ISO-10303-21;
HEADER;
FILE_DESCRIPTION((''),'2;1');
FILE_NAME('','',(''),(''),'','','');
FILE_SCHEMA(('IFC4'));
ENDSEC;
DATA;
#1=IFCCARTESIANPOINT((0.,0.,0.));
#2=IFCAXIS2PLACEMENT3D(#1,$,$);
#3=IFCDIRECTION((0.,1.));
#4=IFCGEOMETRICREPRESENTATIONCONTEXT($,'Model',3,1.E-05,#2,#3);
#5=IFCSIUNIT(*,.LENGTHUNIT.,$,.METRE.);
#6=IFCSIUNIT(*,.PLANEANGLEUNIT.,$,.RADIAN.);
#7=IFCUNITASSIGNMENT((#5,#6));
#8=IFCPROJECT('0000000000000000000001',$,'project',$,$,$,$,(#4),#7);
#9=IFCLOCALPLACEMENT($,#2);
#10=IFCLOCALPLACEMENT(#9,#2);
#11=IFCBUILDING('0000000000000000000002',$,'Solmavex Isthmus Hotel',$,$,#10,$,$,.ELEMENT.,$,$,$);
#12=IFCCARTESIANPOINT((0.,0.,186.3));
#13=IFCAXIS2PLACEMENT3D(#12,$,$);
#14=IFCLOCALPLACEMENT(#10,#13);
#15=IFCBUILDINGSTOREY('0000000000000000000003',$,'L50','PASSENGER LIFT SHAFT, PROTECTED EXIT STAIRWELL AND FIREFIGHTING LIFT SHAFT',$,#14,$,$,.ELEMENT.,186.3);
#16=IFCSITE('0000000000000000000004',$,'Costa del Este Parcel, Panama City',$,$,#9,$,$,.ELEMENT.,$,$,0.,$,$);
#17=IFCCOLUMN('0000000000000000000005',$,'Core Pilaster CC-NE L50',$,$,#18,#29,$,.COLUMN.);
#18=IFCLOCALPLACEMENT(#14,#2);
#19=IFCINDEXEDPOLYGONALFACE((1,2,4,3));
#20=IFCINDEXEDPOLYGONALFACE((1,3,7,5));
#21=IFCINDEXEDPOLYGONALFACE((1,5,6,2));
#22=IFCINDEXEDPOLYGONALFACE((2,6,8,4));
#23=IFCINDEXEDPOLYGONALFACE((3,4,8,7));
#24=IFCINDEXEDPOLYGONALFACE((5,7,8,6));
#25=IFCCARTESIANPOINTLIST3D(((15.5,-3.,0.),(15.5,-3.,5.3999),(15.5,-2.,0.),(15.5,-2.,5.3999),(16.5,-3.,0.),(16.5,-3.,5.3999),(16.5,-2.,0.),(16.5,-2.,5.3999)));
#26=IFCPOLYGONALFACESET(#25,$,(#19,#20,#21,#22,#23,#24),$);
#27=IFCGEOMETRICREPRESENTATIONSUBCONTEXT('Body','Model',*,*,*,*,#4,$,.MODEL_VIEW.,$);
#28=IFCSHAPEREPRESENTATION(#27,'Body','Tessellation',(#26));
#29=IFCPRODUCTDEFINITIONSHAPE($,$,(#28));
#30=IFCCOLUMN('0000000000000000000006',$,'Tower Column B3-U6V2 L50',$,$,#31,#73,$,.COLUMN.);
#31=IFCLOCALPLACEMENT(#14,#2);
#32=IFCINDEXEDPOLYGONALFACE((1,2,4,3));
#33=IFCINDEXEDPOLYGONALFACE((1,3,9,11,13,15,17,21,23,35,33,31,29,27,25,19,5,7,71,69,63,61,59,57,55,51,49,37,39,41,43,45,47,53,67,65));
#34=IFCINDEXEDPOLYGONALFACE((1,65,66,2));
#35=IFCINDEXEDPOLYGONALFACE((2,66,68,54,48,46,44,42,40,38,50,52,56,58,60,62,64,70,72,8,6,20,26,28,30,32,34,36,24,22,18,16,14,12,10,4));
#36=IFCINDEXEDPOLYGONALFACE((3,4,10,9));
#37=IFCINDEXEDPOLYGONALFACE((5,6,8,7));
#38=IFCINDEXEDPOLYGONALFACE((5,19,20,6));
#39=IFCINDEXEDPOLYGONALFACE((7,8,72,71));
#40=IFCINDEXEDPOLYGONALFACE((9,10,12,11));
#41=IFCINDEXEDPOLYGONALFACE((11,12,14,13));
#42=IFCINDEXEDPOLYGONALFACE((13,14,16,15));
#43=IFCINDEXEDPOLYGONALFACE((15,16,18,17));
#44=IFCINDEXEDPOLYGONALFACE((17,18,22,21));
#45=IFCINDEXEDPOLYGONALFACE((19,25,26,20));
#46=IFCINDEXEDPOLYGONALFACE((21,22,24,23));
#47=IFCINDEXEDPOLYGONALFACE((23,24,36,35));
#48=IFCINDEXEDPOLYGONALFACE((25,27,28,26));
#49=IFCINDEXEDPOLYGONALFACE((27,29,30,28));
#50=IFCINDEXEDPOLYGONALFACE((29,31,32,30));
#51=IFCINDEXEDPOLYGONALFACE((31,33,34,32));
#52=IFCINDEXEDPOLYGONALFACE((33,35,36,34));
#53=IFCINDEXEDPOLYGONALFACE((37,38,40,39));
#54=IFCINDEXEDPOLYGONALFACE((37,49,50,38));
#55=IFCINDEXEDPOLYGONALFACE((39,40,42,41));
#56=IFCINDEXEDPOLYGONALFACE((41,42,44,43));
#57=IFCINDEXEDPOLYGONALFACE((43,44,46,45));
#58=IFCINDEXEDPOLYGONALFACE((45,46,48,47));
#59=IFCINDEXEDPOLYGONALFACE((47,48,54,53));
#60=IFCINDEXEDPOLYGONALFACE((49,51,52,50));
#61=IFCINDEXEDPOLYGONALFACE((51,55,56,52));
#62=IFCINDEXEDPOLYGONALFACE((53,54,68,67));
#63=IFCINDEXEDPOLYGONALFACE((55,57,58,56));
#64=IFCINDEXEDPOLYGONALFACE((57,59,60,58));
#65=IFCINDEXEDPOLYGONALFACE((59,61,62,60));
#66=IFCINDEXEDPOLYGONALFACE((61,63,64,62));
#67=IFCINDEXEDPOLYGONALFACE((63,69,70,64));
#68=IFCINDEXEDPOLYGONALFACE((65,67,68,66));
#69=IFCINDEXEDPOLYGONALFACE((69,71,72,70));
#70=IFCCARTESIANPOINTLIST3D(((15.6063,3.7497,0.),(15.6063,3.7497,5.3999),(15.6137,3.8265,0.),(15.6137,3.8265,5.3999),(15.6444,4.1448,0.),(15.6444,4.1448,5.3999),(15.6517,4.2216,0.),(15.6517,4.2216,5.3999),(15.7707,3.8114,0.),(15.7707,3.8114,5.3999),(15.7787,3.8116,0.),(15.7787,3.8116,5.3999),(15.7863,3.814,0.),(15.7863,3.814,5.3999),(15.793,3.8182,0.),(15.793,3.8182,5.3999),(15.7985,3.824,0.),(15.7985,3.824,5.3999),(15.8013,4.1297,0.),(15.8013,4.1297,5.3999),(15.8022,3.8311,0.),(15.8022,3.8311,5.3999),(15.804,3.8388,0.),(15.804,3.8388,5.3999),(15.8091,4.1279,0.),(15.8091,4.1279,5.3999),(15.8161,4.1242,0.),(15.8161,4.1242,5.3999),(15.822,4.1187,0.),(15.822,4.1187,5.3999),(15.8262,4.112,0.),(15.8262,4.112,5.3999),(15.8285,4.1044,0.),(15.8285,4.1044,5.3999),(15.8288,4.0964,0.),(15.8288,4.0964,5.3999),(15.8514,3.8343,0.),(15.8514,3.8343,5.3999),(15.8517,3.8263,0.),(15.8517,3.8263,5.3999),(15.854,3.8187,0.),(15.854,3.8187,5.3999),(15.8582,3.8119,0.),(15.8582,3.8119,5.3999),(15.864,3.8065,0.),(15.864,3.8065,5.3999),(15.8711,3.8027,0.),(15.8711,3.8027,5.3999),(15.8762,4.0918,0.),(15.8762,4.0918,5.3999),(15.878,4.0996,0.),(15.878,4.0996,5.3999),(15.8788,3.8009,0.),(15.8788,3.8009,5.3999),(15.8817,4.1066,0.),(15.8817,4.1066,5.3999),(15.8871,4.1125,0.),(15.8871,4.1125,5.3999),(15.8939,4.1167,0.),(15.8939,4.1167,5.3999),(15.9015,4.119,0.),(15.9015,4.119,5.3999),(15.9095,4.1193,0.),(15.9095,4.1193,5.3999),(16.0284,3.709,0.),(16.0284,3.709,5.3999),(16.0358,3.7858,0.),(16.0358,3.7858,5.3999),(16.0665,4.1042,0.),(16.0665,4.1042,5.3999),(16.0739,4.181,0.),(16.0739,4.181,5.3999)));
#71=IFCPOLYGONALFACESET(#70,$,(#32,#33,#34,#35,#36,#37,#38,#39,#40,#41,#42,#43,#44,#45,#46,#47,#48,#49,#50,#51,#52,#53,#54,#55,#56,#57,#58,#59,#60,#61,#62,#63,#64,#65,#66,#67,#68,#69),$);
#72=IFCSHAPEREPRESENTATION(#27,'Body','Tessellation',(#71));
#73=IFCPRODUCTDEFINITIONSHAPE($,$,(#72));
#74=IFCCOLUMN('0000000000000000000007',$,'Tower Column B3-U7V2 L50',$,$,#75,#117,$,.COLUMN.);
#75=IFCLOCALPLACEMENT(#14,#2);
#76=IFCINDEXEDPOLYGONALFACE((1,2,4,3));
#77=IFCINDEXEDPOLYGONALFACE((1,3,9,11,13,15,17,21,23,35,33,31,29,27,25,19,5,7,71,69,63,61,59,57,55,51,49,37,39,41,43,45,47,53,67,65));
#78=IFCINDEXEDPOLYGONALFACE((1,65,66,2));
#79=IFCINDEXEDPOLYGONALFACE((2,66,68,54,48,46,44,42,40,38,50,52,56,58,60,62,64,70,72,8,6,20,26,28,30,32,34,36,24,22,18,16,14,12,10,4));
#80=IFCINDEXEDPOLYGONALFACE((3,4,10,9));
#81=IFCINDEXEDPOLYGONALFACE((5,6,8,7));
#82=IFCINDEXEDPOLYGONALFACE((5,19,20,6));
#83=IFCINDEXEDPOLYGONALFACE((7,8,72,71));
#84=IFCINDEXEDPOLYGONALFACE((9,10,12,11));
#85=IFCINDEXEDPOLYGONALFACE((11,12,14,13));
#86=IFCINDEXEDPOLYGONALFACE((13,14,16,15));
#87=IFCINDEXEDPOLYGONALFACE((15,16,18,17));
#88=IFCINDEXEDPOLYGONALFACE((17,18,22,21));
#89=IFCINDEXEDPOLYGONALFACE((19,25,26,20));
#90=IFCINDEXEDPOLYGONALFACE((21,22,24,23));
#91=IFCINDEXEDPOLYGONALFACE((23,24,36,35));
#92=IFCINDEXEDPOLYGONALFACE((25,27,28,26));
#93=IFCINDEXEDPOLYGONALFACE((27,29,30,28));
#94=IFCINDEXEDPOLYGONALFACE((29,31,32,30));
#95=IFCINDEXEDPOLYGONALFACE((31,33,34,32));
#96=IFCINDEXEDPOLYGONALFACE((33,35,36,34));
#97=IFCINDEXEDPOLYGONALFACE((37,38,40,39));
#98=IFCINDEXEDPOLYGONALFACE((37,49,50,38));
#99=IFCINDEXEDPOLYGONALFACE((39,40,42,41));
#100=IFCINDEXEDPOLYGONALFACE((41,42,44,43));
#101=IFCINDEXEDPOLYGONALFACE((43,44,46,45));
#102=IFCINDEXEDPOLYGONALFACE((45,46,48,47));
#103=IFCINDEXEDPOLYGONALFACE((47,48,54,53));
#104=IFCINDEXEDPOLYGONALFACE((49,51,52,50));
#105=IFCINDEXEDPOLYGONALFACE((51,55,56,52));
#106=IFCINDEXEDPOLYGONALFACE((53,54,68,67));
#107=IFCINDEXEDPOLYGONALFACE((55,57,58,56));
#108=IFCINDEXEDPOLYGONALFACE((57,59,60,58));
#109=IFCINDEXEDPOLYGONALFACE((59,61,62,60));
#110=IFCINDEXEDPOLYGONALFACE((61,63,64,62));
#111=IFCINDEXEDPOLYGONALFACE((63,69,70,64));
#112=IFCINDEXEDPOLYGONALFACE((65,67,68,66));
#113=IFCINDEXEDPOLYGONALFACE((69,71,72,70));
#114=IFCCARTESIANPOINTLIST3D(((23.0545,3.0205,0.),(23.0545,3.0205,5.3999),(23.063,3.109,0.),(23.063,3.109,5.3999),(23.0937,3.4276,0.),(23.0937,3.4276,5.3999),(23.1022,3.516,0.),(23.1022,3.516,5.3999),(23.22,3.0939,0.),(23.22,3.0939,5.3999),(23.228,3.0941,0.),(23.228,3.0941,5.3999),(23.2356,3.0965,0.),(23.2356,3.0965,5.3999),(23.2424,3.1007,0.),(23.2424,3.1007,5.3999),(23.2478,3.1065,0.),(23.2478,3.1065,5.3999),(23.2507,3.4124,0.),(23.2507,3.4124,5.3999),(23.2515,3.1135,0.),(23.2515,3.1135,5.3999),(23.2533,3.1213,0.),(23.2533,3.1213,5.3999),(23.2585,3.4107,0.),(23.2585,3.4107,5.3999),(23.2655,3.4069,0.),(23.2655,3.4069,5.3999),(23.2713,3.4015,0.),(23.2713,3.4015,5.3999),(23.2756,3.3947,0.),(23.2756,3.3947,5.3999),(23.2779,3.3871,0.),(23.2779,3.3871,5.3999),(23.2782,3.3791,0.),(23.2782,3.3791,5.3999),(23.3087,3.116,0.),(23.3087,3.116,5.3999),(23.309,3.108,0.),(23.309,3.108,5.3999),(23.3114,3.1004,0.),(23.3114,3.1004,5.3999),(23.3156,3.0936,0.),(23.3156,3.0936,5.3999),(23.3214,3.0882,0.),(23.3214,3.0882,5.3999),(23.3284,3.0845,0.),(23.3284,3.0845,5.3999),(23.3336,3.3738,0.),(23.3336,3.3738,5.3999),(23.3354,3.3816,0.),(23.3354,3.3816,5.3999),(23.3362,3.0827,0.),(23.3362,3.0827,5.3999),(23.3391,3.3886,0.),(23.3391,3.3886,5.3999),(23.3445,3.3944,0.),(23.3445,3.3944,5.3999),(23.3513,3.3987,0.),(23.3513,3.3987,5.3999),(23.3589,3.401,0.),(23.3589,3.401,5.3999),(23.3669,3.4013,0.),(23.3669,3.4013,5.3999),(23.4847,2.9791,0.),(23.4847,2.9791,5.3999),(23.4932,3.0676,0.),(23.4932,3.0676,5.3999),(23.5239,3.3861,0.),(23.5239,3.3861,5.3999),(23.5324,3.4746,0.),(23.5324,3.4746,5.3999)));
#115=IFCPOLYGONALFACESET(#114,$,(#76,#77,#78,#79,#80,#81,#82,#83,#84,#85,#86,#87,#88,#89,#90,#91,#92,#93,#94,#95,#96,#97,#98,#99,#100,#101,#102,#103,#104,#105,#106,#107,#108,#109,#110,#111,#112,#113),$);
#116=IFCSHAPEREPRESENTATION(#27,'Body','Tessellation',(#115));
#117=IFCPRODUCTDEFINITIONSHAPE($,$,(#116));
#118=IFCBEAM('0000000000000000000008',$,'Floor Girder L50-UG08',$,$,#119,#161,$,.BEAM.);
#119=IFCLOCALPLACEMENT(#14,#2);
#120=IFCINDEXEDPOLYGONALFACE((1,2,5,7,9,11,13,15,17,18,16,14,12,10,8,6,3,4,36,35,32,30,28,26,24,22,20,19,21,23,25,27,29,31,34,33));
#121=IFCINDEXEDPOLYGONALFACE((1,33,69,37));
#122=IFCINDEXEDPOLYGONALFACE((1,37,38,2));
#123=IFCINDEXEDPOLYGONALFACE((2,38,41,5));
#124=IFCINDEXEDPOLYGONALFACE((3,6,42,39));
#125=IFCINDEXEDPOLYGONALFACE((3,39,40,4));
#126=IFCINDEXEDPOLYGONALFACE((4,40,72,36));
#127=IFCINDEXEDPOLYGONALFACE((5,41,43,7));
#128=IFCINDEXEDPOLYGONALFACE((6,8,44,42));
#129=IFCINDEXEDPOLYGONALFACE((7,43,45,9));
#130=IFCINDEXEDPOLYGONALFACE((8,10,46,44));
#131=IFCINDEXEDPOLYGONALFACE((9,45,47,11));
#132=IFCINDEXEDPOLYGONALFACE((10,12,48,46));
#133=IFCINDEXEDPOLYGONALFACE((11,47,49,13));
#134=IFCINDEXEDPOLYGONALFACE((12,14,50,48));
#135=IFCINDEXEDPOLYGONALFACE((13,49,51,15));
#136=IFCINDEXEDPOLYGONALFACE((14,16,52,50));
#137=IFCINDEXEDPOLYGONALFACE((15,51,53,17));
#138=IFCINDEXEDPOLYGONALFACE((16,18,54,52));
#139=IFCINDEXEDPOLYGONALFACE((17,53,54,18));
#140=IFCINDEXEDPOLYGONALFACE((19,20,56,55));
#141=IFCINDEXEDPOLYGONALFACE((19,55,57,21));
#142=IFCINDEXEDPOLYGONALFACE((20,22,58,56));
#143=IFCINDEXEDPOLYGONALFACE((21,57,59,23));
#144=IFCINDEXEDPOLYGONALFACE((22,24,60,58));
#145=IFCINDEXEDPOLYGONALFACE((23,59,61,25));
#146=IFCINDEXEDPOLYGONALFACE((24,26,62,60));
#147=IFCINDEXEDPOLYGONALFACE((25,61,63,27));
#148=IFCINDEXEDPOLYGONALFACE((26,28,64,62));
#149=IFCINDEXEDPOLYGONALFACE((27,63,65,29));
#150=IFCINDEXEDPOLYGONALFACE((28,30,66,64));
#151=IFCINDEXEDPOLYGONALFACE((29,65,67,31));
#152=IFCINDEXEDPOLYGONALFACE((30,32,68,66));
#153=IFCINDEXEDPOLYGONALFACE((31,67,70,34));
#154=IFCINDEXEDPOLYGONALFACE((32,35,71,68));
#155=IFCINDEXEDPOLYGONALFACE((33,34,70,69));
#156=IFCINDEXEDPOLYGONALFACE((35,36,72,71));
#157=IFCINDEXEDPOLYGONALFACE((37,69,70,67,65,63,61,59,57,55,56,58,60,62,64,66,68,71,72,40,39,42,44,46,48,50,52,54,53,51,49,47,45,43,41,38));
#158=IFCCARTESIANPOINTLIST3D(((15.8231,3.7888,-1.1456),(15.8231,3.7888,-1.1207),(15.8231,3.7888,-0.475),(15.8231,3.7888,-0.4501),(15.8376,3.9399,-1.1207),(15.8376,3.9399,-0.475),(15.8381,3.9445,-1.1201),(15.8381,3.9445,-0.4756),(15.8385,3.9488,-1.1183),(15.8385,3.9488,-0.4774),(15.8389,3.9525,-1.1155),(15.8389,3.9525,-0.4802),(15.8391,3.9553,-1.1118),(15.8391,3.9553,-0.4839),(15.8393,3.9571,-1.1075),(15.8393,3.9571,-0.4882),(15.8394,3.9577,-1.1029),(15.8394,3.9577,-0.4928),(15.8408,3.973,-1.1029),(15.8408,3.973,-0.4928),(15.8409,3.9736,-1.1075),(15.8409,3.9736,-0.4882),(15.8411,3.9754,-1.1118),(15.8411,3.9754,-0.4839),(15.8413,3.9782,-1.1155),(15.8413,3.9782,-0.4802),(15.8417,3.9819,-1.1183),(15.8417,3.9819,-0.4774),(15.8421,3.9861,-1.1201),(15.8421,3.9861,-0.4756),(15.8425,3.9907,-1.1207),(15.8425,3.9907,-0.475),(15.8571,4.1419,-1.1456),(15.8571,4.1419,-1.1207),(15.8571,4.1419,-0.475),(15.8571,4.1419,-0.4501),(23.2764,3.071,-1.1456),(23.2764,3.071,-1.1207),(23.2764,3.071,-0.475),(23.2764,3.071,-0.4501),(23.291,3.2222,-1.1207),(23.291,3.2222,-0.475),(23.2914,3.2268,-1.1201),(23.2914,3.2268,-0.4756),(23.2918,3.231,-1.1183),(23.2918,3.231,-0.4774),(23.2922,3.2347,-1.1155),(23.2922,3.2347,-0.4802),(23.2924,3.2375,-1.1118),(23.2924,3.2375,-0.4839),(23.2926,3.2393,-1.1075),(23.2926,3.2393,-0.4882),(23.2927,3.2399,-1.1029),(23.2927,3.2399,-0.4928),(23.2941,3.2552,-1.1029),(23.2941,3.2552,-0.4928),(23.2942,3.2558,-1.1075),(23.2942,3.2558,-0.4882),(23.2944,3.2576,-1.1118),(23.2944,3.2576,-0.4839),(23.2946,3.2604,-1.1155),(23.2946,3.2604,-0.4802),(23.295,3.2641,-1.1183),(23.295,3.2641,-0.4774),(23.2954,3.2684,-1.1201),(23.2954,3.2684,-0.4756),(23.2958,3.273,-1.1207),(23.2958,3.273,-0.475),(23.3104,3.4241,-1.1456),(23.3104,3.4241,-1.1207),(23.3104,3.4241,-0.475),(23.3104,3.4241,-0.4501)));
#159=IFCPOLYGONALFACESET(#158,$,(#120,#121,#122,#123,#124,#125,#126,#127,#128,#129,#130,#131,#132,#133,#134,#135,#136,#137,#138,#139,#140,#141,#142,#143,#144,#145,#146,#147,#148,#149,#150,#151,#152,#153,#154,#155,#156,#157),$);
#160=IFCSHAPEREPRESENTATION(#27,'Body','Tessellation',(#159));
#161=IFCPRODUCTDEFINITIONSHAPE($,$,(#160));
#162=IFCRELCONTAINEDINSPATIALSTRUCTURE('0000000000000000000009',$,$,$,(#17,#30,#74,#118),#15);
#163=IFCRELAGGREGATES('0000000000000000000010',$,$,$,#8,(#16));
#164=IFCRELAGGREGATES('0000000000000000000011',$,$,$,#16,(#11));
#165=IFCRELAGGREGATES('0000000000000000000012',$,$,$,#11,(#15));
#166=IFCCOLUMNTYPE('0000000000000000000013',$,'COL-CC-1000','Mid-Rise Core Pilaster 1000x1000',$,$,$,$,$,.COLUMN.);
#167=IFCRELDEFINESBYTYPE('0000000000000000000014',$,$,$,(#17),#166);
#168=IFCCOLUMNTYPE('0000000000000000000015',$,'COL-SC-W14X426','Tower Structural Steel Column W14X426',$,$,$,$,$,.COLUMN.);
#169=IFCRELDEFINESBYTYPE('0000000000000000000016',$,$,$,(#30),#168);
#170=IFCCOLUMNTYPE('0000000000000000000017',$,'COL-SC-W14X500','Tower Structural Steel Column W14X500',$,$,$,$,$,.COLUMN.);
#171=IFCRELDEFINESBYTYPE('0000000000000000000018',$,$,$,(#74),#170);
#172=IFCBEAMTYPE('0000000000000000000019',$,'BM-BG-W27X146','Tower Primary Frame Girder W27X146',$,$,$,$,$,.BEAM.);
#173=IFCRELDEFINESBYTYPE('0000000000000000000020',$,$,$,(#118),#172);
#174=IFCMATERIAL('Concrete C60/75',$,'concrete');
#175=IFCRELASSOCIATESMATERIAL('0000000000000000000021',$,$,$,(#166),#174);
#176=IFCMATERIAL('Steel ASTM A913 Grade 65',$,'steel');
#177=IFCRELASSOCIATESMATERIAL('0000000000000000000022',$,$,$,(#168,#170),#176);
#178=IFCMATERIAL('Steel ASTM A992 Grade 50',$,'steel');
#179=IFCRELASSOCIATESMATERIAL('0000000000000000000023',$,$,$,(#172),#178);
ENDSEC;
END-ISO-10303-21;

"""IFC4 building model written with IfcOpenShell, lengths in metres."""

from ifc_helpers import new_model, si_unit, direction, frame, origin, origin_2d, place, context, subcontext, project, spatial, rectangle, i_section, extrude, material, material_profile, profile_set, type_object, element, save


model = new_model("IFC4")

# Units and contexts
model_context = context("Model", 3, precision=1e-05, world=origin(), true_north=direction((0.0, 1.0)))
body_context = subcontext(model_context, "Body", "Model", "MODEL_VIEW")
ifc_project = project(units=[si_unit("LENGTHUNIT", "METRE"), si_unit("PLANEANGLEUNIT", "RADIAN")], contexts=[model_context])

# Site, building, storey
site_placement = place(None, origin())
site = spatial("IfcSite", under=ifc_project, at=site_placement, Name="Costa del Este Parcel, Panama City", CompositionType="ELEMENT", RefElevation=0.0)
building_placement = place(site_placement, origin())
building = spatial("IfcBuilding", under=site, at=building_placement, Name="Solmavex Isthmus Hotel", CompositionType="ELEMENT")
storey_placement = place(building_placement, frame((0.0, 0.0, 186.3)))
storey = spatial("IfcBuildingStorey", under=building, at=storey_placement, Name="L50", Description="PASSENGER LIFT SHAFT, PROTECTED EXIT STAIRWELL AND FIREFIGHTING LIFT SHAFT", CompositionType="ELEMENT", Elevation=186.3)

# Columns
ifc_material_1 = material(Name="Concrete C60/75", Category="concrete")
ifc_material_profile_1 = material_profile(ifc_material_1, rectangle(XDim=1.0, YDim=1.0, at=origin_2d()), Name="RC1000X1000")
ifc_profile_set_1 = profile_set([ifc_material_profile_1], Name="Concrete C60/75")
column_type_1 = type_object("IfcColumnType", Name="COL-CC-1000", Description="Mid-Rise Core Pilaster 1000x1000", PredefinedType="COLUMN", material=ifc_profile_set_1)
column_1_placement = place(storey_placement, frame((16.0, -2.5, 0.0), z_axis=(0.0, 0.0, 1.0), x_axis=(1.0, 0.0, 0.0)))
element("IfcColumn", 1, at=column_1_placement, inside=storey, type_object=column_type_1, Name="Core Pilaster CC-NE L50", PredefinedType="COLUMN", context=body_context, shape_type="SweptSolid", body=[
    extrude(rectangle(XDim=1.0, YDim=1.0, at=origin_2d()), origin(), (0.0, 0.0, 1.0), 5.3999),
])
ifc_material_2 = material(Name="Steel ASTM A913 Grade 65", Category="steel")
ifc_material_profile_2 = material_profile(ifc_material_2, i_section(OverallWidth=0.4241, OverallDepth=0.4741, WebThickness=0.0476, FlangeThickness=0.0771, FilletRadius=0.0305, at=origin_2d()), Name="W14X426")
ifc_profile_set_2 = profile_set([ifc_material_profile_2], Name="Steel ASTM A913 Grade 65")
column_type_2 = type_object("IfcColumnType", Name="COL-SC-W14X426", Description="Tower Structural Steel Column W14X426", PredefinedType="COLUMN", material=ifc_profile_set_2)
column_2_placement = place(storey_placement, frame((15.8401, 3.9653, 0.0), z_axis=(0.0, 0.0, 1.0), x_axis=(0.995396, -0.095846, 0.0)))
element("IfcColumn", 2, at=column_2_placement, inside=storey, type_object=column_type_2, Name="Tower Column B3-U6V2 L50", PredefinedType="COLUMN", context=body_context, shape_type="SweptSolid", body=[
    extrude(i_section(OverallWidth=0.4241, OverallDepth=0.4741, WebThickness=0.0476, FlangeThickness=0.0771, FilletRadius=0.0305, at=origin_2d()), origin(), (0.0, 0.0, 1.0), 5.3999),
])
ifc_material_profile_3 = material_profile(ifc_material_2, i_section(OverallWidth=0.4321, OverallDepth=0.4978, WebThickness=0.0557, FlangeThickness=0.0889, FilletRadius=0.0305, at=origin_2d()), Name="W14X500")
ifc_profile_set_3 = profile_set([ifc_material_profile_3], Name="Steel ASTM A913 Grade 65")
column_type_3 = type_object("IfcColumnType", Name="COL-SC-W14X500", Description="Tower Structural Steel Column W14X500", PredefinedType="COLUMN", material=ifc_profile_set_3)
column_3_placement = place(storey_placement, frame((23.2935, 3.2476, 0.0), z_axis=(0.0, 0.0, 1.0), x_axis=(0.995396, -0.095846, 0.0)))
element("IfcColumn", 3, at=column_3_placement, inside=storey, type_object=column_type_3, Name="Tower Column B3-U7V2 L50", PredefinedType="COLUMN", context=body_context, shape_type="SweptSolid", body=[
    extrude(i_section(OverallWidth=0.4321, OverallDepth=0.4978, WebThickness=0.0557, FlangeThickness=0.0889, FilletRadius=0.0305, at=origin_2d()), origin(), (0.0, 0.0, 1.0), 5.3999),
])

# Beam
ifc_material_3 = material(Name="Steel ASTM A992 Grade 50", Category="steel")
ifc_material_profile_4 = material_profile(ifc_material_3, i_section(OverallWidth=0.3547, OverallDepth=0.6956, WebThickness=0.0154, FlangeThickness=0.0249, FilletRadius=0.0178, at=origin_2d()), Name="W27X146")
ifc_profile_set_4 = profile_set([ifc_material_profile_4], Name="Steel ASTM A992 Grade 50")
beam_type_1 = type_object("IfcBeamType", Name="BM-BG-W27X146", Description="Tower Primary Frame Girder W27X146", PredefinedType="BEAM", material=ifc_profile_set_4)
beam_1_placement = place(storey_placement, frame((15.8401, 3.9653, -0.7979), z_axis=(0.995395, -0.095858, 0.0), x_axis=(0.095858, 0.995395, 0.0)))
element("IfcBeam", 4, at=beam_1_placement, inside=storey, type_object=beam_type_1, Name="Floor Girder L50-UG08", PredefinedType="BEAM", context=body_context, shape_type="SweptSolid", body=[
    extrude(i_section(OverallWidth=0.3547, OverallDepth=0.6956, WebThickness=0.0154, FlangeThickness=0.0249, FilletRadius=0.0178, at=origin_2d()), origin(), (0.0, 0.0, 1.0), 7.4878),
])

save(model, "model.ifc")
